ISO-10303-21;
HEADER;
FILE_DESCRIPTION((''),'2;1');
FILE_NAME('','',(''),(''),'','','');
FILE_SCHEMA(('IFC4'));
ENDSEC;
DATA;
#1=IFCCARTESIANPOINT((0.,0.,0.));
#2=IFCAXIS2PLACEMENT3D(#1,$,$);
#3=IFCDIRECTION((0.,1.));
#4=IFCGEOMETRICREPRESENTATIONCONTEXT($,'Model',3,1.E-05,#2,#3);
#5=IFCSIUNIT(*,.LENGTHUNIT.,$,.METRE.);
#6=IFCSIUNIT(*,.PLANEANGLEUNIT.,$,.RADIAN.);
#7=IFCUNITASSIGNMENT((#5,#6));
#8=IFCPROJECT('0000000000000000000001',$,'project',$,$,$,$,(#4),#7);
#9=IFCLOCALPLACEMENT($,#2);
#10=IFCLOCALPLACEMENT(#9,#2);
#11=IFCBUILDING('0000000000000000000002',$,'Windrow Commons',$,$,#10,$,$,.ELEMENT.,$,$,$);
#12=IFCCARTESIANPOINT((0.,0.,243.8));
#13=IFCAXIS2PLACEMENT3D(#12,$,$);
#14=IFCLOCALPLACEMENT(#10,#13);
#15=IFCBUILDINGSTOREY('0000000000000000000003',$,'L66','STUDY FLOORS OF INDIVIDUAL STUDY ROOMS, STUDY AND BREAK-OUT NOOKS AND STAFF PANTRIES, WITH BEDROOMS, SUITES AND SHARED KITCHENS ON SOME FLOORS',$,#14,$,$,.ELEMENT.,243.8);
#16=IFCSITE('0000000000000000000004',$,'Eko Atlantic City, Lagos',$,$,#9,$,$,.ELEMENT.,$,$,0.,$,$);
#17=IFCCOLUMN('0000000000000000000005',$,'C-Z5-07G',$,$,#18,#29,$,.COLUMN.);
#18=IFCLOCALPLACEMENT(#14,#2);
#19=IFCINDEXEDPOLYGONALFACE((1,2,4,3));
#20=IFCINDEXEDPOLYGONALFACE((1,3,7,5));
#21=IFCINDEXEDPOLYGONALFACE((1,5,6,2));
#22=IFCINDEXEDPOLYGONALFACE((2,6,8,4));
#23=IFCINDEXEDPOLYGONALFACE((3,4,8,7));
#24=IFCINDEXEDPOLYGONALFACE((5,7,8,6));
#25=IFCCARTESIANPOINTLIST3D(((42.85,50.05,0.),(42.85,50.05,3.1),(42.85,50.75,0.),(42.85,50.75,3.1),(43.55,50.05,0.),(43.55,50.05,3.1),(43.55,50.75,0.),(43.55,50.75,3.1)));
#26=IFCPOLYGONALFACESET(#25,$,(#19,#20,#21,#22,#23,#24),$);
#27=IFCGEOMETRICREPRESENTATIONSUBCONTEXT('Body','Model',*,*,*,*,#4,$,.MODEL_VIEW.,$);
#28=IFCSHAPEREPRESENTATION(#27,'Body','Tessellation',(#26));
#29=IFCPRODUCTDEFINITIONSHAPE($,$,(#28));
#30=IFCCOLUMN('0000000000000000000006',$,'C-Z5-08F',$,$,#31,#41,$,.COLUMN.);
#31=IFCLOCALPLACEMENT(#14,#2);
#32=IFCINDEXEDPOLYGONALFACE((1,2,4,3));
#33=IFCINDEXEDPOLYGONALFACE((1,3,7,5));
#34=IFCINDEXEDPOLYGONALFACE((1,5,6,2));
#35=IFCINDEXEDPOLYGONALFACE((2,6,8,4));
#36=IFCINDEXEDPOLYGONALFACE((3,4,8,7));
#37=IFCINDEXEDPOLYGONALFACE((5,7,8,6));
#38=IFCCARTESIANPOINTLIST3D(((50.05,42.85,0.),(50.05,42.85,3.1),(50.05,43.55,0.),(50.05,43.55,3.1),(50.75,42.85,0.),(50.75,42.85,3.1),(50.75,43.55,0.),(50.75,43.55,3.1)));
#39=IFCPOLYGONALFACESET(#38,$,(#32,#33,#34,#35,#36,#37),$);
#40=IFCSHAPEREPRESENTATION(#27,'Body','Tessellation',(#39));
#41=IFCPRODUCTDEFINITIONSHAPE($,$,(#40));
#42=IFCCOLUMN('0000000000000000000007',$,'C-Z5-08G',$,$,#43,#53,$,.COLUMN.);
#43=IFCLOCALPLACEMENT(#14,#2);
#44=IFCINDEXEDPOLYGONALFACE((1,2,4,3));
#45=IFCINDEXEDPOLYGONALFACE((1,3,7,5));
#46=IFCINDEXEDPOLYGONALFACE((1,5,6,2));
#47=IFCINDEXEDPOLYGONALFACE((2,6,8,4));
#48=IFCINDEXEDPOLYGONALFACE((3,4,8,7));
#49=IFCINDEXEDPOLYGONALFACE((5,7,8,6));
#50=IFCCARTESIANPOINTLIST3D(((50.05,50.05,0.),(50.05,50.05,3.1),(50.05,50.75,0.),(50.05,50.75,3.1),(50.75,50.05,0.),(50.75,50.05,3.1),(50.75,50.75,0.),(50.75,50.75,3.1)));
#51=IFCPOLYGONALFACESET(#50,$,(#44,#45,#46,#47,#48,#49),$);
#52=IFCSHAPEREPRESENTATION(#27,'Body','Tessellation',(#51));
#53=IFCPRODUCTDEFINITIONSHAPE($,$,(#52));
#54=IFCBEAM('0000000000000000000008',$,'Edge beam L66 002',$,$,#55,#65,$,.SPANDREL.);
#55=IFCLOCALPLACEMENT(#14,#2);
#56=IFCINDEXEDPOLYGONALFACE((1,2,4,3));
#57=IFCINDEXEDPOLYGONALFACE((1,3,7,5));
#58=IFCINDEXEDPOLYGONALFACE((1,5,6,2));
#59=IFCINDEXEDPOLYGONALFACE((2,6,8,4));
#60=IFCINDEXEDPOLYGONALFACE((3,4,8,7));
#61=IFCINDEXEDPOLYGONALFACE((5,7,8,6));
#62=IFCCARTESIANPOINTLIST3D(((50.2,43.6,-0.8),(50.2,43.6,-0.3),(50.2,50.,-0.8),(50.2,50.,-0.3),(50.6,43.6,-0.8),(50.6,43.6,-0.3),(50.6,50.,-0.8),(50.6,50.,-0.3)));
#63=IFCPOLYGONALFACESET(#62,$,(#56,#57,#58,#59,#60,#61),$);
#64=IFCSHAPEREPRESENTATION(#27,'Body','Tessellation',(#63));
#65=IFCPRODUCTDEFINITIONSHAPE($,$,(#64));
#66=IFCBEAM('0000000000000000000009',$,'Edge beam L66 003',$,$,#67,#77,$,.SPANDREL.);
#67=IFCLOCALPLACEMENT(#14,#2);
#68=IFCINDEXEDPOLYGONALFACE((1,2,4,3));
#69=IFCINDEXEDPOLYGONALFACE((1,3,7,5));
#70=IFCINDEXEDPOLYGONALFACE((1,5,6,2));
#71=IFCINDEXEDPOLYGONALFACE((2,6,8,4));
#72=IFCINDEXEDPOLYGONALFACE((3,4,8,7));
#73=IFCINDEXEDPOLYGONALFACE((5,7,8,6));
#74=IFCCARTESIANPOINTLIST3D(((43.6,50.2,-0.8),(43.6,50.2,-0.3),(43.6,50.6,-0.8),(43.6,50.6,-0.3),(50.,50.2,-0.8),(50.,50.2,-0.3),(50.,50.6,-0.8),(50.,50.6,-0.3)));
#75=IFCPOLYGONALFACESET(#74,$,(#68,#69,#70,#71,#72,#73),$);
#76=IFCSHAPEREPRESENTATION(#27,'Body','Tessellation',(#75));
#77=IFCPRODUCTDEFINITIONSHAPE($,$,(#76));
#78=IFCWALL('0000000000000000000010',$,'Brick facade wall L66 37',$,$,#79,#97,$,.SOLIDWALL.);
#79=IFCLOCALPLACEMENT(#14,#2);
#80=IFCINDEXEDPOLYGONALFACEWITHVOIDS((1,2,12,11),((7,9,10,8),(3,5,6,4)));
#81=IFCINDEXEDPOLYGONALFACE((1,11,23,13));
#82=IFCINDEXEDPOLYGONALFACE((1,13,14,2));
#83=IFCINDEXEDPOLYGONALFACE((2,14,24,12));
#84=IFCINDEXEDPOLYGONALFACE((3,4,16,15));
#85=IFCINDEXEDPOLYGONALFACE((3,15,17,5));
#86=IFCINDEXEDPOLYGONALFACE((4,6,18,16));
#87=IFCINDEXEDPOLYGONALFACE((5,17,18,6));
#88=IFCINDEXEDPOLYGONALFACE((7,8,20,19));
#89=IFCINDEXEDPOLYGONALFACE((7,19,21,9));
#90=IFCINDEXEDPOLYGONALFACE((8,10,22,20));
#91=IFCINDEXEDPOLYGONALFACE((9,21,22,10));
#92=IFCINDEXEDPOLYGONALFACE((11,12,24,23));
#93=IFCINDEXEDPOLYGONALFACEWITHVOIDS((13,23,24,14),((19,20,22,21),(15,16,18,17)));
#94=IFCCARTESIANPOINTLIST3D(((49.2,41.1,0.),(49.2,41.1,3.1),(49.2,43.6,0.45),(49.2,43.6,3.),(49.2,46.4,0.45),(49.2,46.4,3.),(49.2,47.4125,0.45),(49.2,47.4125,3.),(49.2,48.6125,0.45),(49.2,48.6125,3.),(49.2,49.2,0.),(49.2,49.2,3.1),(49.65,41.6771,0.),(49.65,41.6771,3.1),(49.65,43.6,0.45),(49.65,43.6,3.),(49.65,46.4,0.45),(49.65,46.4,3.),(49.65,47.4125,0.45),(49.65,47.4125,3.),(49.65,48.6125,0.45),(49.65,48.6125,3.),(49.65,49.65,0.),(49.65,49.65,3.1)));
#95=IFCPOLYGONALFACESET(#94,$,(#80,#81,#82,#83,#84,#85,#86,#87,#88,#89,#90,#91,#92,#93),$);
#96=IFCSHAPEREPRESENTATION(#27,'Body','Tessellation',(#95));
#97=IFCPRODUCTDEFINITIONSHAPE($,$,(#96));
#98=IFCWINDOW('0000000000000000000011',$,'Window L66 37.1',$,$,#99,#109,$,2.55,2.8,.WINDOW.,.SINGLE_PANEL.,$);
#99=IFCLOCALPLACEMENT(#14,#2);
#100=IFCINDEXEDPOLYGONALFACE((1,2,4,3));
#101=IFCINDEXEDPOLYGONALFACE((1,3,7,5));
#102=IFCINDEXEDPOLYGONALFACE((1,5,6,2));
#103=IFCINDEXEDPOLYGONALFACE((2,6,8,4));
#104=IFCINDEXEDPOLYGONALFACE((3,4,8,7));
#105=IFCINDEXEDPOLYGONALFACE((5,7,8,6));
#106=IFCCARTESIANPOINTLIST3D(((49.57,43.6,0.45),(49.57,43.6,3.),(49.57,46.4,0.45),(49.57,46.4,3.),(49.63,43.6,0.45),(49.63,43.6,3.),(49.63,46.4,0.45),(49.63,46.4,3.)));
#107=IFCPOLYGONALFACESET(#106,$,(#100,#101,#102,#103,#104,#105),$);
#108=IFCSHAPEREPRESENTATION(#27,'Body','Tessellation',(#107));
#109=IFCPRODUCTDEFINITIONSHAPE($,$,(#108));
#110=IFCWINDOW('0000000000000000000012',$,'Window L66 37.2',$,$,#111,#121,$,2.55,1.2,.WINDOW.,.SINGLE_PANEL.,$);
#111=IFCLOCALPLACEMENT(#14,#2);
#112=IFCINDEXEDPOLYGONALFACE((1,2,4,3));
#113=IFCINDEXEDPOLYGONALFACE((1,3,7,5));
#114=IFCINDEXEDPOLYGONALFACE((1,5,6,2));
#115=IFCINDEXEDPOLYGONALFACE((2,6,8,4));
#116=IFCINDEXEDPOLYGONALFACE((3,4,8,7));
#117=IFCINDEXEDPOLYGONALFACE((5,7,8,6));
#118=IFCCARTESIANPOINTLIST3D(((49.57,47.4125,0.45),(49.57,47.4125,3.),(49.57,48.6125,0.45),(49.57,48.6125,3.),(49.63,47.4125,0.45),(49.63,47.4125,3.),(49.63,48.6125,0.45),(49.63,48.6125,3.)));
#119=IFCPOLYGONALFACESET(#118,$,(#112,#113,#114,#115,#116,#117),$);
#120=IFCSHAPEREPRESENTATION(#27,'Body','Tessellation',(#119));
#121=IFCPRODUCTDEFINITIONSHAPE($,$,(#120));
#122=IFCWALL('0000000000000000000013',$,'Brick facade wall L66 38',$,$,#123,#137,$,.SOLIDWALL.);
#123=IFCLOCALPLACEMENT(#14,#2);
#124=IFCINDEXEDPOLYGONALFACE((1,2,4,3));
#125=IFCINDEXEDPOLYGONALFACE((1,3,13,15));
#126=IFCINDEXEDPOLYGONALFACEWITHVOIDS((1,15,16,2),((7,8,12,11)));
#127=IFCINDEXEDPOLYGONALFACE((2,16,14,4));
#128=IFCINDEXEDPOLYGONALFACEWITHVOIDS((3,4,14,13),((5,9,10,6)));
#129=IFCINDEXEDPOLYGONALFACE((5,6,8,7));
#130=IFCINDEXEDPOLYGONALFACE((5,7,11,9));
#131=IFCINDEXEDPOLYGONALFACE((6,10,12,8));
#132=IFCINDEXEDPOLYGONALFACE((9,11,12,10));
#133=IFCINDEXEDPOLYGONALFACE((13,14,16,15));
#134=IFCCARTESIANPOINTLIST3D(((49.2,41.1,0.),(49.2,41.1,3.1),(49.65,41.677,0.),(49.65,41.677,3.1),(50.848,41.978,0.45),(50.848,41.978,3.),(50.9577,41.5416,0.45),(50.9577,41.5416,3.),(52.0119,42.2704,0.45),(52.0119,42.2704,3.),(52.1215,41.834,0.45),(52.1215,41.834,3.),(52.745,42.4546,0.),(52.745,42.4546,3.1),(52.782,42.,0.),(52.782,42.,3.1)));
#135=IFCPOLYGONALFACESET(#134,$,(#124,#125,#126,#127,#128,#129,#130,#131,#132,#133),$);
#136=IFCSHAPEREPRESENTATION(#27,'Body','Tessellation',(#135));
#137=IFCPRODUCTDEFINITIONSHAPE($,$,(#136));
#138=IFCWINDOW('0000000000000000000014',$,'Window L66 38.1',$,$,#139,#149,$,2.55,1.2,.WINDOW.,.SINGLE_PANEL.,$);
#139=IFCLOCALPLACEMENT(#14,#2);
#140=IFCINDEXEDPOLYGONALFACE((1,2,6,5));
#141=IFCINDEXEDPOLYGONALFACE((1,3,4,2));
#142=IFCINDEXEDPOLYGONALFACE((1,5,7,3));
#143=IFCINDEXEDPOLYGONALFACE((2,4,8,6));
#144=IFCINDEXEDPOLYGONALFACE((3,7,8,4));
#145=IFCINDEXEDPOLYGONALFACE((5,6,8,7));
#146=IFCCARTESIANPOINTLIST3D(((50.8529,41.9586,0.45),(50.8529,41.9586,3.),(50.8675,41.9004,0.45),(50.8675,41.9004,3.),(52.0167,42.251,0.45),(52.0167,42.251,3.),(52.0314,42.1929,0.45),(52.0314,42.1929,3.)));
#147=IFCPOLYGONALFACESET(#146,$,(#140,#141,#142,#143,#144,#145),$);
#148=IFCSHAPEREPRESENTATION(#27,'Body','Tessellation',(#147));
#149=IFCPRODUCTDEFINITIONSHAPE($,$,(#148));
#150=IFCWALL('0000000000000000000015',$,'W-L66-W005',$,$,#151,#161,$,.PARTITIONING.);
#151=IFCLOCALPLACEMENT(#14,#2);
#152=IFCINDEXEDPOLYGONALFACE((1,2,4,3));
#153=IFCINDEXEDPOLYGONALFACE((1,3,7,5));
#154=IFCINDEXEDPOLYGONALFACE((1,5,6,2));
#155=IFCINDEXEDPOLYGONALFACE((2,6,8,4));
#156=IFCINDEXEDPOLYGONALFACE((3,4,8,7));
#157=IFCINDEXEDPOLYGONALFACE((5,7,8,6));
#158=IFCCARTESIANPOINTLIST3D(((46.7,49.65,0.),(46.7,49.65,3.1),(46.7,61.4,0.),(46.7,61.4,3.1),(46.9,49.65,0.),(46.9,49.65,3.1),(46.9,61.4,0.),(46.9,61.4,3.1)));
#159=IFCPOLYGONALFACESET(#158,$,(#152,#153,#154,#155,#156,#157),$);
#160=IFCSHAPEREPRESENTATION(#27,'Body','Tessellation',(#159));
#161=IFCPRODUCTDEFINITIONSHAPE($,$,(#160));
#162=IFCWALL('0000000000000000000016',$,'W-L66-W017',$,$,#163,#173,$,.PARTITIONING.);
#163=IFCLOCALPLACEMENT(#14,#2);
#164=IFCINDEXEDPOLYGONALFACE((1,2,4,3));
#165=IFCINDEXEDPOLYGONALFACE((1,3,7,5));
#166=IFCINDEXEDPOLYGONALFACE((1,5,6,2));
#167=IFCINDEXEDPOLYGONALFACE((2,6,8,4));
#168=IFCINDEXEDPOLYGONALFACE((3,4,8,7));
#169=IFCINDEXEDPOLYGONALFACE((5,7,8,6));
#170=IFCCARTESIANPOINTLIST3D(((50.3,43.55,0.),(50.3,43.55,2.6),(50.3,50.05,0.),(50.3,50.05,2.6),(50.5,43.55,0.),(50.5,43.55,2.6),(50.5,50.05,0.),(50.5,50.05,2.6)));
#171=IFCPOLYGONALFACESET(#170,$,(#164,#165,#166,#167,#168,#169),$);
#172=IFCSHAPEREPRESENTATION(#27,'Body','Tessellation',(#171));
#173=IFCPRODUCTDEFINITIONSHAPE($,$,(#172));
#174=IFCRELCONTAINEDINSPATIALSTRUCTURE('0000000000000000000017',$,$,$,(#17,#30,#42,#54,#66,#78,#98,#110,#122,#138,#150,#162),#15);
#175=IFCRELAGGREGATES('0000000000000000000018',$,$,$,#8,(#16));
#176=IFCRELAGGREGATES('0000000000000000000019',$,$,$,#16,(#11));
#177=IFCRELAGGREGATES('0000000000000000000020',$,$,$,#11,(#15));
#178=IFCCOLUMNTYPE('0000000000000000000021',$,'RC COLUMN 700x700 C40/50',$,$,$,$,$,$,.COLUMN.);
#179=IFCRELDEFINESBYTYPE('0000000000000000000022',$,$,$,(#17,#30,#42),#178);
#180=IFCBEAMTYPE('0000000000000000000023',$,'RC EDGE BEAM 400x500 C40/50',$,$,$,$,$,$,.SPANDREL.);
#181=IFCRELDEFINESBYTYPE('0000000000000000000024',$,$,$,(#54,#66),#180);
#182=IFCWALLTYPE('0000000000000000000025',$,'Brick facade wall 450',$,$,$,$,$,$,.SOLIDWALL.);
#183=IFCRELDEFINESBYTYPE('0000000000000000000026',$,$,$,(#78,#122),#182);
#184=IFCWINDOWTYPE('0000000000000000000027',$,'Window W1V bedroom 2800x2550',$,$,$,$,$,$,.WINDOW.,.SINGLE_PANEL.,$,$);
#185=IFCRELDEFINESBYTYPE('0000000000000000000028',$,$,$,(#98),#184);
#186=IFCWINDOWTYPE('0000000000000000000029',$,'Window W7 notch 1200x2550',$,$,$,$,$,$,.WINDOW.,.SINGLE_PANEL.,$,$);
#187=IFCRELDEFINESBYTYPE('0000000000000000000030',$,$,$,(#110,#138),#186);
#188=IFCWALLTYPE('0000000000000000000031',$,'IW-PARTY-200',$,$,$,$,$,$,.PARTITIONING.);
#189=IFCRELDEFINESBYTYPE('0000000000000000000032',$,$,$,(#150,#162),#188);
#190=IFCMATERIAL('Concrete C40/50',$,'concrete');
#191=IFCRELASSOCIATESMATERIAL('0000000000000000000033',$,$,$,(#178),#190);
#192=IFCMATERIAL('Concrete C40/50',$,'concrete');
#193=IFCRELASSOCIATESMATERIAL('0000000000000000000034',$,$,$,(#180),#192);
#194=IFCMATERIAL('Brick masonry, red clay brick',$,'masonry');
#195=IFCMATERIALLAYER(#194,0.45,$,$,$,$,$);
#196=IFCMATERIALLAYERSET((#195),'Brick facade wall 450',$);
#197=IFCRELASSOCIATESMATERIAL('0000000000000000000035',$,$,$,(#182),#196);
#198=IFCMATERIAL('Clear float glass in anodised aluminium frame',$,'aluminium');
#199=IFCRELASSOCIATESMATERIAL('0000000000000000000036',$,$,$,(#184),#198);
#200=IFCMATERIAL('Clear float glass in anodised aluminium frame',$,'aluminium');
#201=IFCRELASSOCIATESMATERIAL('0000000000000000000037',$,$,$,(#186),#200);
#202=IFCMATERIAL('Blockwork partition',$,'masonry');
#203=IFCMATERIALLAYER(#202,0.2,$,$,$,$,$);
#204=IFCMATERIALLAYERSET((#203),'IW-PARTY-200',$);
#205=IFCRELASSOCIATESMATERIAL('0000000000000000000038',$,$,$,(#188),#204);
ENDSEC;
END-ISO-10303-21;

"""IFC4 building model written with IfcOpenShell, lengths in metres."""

from ifc_helpers import new_model, si_unit, direction, frame, frame_2d, origin, origin_2d, place, context, subcontext, project, spatial, polyline, rectangle, outline, extrude, material, layer, layer_set, material_profile, profile_set, type_object, element, fill, save


model = new_model("IFC4")

# Units and contexts
model_context = context("Model", 3, precision=1e-05, world=origin(), true_north=direction((0.0, 1.0)))
body_context = subcontext(model_context, "Body", "Model", "MODEL_VIEW")
ifc_project = project(units=[si_unit("LENGTHUNIT", "METRE"), si_unit("PLANEANGLEUNIT", "RADIAN")], contexts=[model_context])

# Site, building, storey
site_placement = place(None, origin())
site = spatial("IfcSite", under=ifc_project, at=site_placement, Name="Eko Atlantic City, Lagos", CompositionType="ELEMENT", RefElevation=0.0)
building_placement = place(site_placement, origin())
building = spatial("IfcBuilding", under=site, at=building_placement, Name="Windrow Commons", CompositionType="ELEMENT")
storey_placement = place(building_placement, frame((0.0, 0.0, 243.8)))
storey = spatial("IfcBuildingStorey", under=building, at=storey_placement, Name="L66", Description="STUDY FLOORS OF INDIVIDUAL STUDY ROOMS, STUDY AND BREAK-OUT NOOKS AND STAFF PANTRIES, WITH BEDROOMS, SUITES AND SHARED KITCHENS ON SOME FLOORS", CompositionType="ELEMENT", Elevation=243.8)

# Columns
ifc_material_1 = material(Name="Concrete C40/50", Category="concrete")
ifc_material_profile_1 = material_profile(ifc_material_1, rectangle(XDim=0.7, YDim=0.7, at=origin_2d()))
ifc_profile_set_1 = profile_set([ifc_material_profile_1], Name="Concrete C40/50")
column_type = type_object("IfcColumnType", Name="RC COLUMN 700x700 C40/50", PredefinedType="COLUMN", material=ifc_profile_set_1)
for number, where, z_axis, x_axis, name in (
    (1, (43.2, 50.4, 0.0), (0.0, 0.0, 1.0), (1.0, 0.0, 0.0), "C-Z5-07G"),
    (2, (50.4, 43.2, 0.0), (0.0, 0.0, 1.0), (1.0, 0.0, 0.0), "C-Z5-08F"),
    (3, (50.4, 50.4, 0.0), (0.0, 0.0, 1.0), (1.0, 0.0, 0.0), "C-Z5-08G"),
):
    element("IfcColumn", number, at=place(storey_placement, frame(where, z_axis=z_axis, x_axis=x_axis)), inside=storey, type_object=column_type, Name=name, PredefinedType="COLUMN", context=body_context, shape_type="SweptSolid", body=[
        extrude(rectangle(XDim=0.7, YDim=0.7, at=origin_2d()), origin(), (0.0, 0.0, 1.0), 3.1),
    ])

# Beams
ifc_material_2 = material(Name="Concrete C40/50", Category="concrete")
ifc_material_profile_2 = material_profile(ifc_material_2, rectangle(XDim=0.4, YDim=0.5, at=origin_2d()))
ifc_profile_set_2 = profile_set([ifc_material_profile_2], Name="Concrete C40/50")
beam_type = type_object("IfcBeamType", Name="RC EDGE BEAM 400x500 C40/50", PredefinedType="SPANDREL", material=ifc_profile_set_2)
for number, where, z_axis, x_axis, name in (
    (4, (50.4, 43.6, -0.55), (0.0, 1.0, 0.0), (-1.0, 0.0, 0.0), "Edge beam L66 002"),
    (5, (50.0, 50.4, -0.55), (-1.0, 0.0, 0.0), (0.0, -1.0, 0.0), "Edge beam L66 003"),
):
    element("IfcBeam", number, at=place(storey_placement, frame(where, z_axis=z_axis, x_axis=x_axis)), inside=storey, type_object=beam_type, Name=name, PredefinedType="SPANDREL", context=body_context, shape_type="SweptSolid", body=[
        extrude(rectangle(XDim=0.4, YDim=0.5, at=origin_2d()), origin(), (0.0, 0.0, 1.0), 6.4),
    ])

# Wall, openings, windows
ifc_material_3 = material(Name="Brick masonry, red clay brick", Category="masonry")
ifc_layer_1 = layer(ifc_material_3, 0.45)
ifc_layer_set_1 = layer_set([ifc_layer_1], Name="Brick facade wall 450")
wall_type_1 = type_object("IfcWallType", Name="Brick facade wall 450", PredefinedType="SOLIDWALL", material=ifc_layer_set_1)
wall_1_placement = place(storey_placement, frame((49.425, 49.425, 0.0), z_axis=(0.0, 0.0, 1.0), x_axis=(0.0, -1.0, 0.0)))
wall_1 = element("IfcWall", 6, at=wall_1_placement, inside=storey, type_object=wall_type_1, Name="Brick facade wall L66 37", PredefinedType="SOLIDWALL", context=body_context, shape_type="SweptSolid", body=[
    extrude(outline(polyline([(0.225, -0.225), (8.325, -0.225), (7.7479, 0.225), (-0.225, 0.225), (0.225, -0.225)])), origin(), (0.0, 0.0, 1.0), 3.1),
])
opening_1_placement = place(wall_1_placement, frame((3.025, 0.0, 0.45)))
opening_1 = element("IfcOpeningElement", 7, at=opening_1_placement, cuts=wall_1, PredefinedType="OPENING", context=body_context, shape_type="SweptSolid", body=[
    extrude(rectangle(XDim=2.8, YDim=2.55, at=frame_2d((1.4, 1.275))), frame((0.0, 0.235, 0.0), z_axis=(0.0, -1.0, 0.0), x_axis=(1.0, 0.0, 0.0)), (0.0, 0.0, 1.0), 0.47),
])
opening_2_placement = place(wall_1_placement, frame((0.8125, 0.0, 0.45)))
opening_2 = element("IfcOpeningElement", 8, at=opening_2_placement, cuts=wall_1, PredefinedType="OPENING", context=body_context, shape_type="SweptSolid", body=[
    extrude(rectangle(XDim=1.2, YDim=2.55, at=frame_2d((0.6, 1.275))), frame((0.0, 0.235, 0.0), z_axis=(0.0, -1.0, 0.0), x_axis=(1.0, 0.0, 0.0)), (0.0, 0.0, 1.0), 0.47),
])
ifc_material_4 = material(Name="Clear float glass in anodised aluminium frame", Category="aluminium")
window_type_1 = type_object("IfcWindowType", Name="Window W1V bedroom 2800x2550", PartitioningType="SINGLE_PANEL", PredefinedType="WINDOW", material=ifc_material_4)
window_1_placement = place(opening_1_placement, origin())
window_1 = element("IfcWindow", 9, at=window_1_placement, inside=storey, type_object=window_type_1, Name="Window L66 37.1", OverallHeight=2.55, OverallWidth=2.8, PartitioningType="SINGLE_PANEL", PredefinedType="WINDOW", context=body_context, shape_type="SweptSolid", body=[
    extrude(rectangle(XDim=2.8, YDim=2.55, at=frame_2d((1.4, 1.275))), frame((0.0, 0.205, 0.0), z_axis=(0.0, -1.0, 0.0), x_axis=(1.0, 0.0, 0.0)), (0.0, 0.0, 1.0), 0.06),
])
fill(opening_1, window_1)
ifc_material_5 = material(Name="Clear float glass in anodised aluminium frame", Category="aluminium")
window_type_2 = type_object("IfcWindowType", Name="Window W7 notch 1200x2550", PartitioningType="SINGLE_PANEL", PredefinedType="WINDOW", material=ifc_material_5)
window_2_placement = place(opening_2_placement, origin())
window_2 = element("IfcWindow", 10, at=window_2_placement, inside=storey, type_object=window_type_2, Name="Window L66 37.2", OverallHeight=2.55, OverallWidth=1.2, PartitioningType="SINGLE_PANEL", PredefinedType="WINDOW", context=body_context, shape_type="SweptSolid", body=[
    extrude(rectangle(XDim=1.2, YDim=2.55, at=frame_2d((0.6, 1.275))), frame((0.0, 0.205, 0.0), z_axis=(0.0, -1.0, 0.0), x_axis=(1.0, 0.0, 0.0)), (0.0, 0.0, 1.0), 0.06),
])
fill(opening_2, window_2)

# Wall, opening, window
wall_2_placement = place(storey_placement, frame((49.425, 41.3885, 0.0), z_axis=(0.0, 0.0, 1.0), x_axis=(0.969856, 0.243677, 0.0)))
wall_2 = element("IfcWall", 11, at=wall_2_placement, inside=storey, type_object=wall_type_1, Name="Brick facade wall L66 38", PredefinedType="SOLIDWALL", context=body_context, shape_type="SweptSolid", body=[
    extrude(outline(polyline([(-0.2885, -0.225), (3.4048, -0.225), (3.4797, 0.225), (0.2885, 0.225), (-0.2885, -0.225)])), origin(), (0.0, 0.0, 1.0), 3.1),
])
opening_3_placement = place(wall_2_placement, frame((1.5238, 0.0, 0.45)))
opening_3 = element("IfcOpeningElement", 12, at=opening_3_placement, cuts=wall_2, PredefinedType="OPENING", context=body_context, shape_type="SweptSolid", body=[
    extrude(rectangle(XDim=1.2, YDim=2.55, at=frame_2d((0.6, 1.275))), frame((0.0, 0.235, 0.0), z_axis=(0.0, -1.0, 0.0), x_axis=(1.0, 0.0, 0.0)), (0.0, 0.0, 1.0), 0.47),
])
window_3_placement = place(opening_3_placement, origin())
window_3 = element("IfcWindow", 13, at=window_3_placement, inside=storey, type_object=window_type_2, Name="Window L66 38.1", OverallHeight=2.55, OverallWidth=1.2, PartitioningType="SINGLE_PANEL", PredefinedType="WINDOW", context=body_context, shape_type="SweptSolid", body=[
    extrude(rectangle(XDim=1.2, YDim=2.55, at=frame_2d((0.6, 1.275))), frame((0.0, 0.205, 0.0), z_axis=(0.0, -1.0, 0.0), x_axis=(1.0, 0.0, 0.0)), (0.0, 0.0, 1.0), 0.06),
])
fill(opening_3, window_3)

# Walls
ifc_material_6 = material(Name="Blockwork partition", Category="masonry")
ifc_layer_2 = layer(ifc_material_6, 0.2)
ifc_layer_set_2 = layer_set([ifc_layer_2], Name="IW-PARTY-200")
wall_type_2 = type_object("IfcWallType", Name="IW-PARTY-200", PredefinedType="PARTITIONING", material=ifc_layer_set_2)
wall_3_placement = place(storey_placement, frame((46.8, 49.65, 0.0), z_axis=(0.0, 0.0, 1.0), x_axis=(0.0, 1.0, 0.0)))
element("IfcWall", 14, at=wall_3_placement, inside=storey, type_object=wall_type_2, Name="W-L66-W005", PredefinedType="PARTITIONING", context=body_context, shape_type="SweptSolid", body=[
    extrude(rectangle(XDim=11.75, YDim=0.2, at=frame_2d((5.875, 0.0))), origin(), (0.0, 0.0, 1.0), 3.1),
])
wall_4_placement = place(storey_placement, frame((50.4, 43.55, 0.0), z_axis=(0.0, 0.0, 1.0), x_axis=(0.0, 1.0, 0.0)))
element("IfcWall", 15, at=wall_4_placement, inside=storey, type_object=wall_type_2, Name="W-L66-W017", PredefinedType="PARTITIONING", context=body_context, shape_type="SweptSolid", body=[
    extrude(rectangle(XDim=6.5, YDim=0.2, at=frame_2d((3.25, 0.0))), origin(), (0.0, 0.0, 1.0), 2.6),
])

save(model, "model.ifc")
